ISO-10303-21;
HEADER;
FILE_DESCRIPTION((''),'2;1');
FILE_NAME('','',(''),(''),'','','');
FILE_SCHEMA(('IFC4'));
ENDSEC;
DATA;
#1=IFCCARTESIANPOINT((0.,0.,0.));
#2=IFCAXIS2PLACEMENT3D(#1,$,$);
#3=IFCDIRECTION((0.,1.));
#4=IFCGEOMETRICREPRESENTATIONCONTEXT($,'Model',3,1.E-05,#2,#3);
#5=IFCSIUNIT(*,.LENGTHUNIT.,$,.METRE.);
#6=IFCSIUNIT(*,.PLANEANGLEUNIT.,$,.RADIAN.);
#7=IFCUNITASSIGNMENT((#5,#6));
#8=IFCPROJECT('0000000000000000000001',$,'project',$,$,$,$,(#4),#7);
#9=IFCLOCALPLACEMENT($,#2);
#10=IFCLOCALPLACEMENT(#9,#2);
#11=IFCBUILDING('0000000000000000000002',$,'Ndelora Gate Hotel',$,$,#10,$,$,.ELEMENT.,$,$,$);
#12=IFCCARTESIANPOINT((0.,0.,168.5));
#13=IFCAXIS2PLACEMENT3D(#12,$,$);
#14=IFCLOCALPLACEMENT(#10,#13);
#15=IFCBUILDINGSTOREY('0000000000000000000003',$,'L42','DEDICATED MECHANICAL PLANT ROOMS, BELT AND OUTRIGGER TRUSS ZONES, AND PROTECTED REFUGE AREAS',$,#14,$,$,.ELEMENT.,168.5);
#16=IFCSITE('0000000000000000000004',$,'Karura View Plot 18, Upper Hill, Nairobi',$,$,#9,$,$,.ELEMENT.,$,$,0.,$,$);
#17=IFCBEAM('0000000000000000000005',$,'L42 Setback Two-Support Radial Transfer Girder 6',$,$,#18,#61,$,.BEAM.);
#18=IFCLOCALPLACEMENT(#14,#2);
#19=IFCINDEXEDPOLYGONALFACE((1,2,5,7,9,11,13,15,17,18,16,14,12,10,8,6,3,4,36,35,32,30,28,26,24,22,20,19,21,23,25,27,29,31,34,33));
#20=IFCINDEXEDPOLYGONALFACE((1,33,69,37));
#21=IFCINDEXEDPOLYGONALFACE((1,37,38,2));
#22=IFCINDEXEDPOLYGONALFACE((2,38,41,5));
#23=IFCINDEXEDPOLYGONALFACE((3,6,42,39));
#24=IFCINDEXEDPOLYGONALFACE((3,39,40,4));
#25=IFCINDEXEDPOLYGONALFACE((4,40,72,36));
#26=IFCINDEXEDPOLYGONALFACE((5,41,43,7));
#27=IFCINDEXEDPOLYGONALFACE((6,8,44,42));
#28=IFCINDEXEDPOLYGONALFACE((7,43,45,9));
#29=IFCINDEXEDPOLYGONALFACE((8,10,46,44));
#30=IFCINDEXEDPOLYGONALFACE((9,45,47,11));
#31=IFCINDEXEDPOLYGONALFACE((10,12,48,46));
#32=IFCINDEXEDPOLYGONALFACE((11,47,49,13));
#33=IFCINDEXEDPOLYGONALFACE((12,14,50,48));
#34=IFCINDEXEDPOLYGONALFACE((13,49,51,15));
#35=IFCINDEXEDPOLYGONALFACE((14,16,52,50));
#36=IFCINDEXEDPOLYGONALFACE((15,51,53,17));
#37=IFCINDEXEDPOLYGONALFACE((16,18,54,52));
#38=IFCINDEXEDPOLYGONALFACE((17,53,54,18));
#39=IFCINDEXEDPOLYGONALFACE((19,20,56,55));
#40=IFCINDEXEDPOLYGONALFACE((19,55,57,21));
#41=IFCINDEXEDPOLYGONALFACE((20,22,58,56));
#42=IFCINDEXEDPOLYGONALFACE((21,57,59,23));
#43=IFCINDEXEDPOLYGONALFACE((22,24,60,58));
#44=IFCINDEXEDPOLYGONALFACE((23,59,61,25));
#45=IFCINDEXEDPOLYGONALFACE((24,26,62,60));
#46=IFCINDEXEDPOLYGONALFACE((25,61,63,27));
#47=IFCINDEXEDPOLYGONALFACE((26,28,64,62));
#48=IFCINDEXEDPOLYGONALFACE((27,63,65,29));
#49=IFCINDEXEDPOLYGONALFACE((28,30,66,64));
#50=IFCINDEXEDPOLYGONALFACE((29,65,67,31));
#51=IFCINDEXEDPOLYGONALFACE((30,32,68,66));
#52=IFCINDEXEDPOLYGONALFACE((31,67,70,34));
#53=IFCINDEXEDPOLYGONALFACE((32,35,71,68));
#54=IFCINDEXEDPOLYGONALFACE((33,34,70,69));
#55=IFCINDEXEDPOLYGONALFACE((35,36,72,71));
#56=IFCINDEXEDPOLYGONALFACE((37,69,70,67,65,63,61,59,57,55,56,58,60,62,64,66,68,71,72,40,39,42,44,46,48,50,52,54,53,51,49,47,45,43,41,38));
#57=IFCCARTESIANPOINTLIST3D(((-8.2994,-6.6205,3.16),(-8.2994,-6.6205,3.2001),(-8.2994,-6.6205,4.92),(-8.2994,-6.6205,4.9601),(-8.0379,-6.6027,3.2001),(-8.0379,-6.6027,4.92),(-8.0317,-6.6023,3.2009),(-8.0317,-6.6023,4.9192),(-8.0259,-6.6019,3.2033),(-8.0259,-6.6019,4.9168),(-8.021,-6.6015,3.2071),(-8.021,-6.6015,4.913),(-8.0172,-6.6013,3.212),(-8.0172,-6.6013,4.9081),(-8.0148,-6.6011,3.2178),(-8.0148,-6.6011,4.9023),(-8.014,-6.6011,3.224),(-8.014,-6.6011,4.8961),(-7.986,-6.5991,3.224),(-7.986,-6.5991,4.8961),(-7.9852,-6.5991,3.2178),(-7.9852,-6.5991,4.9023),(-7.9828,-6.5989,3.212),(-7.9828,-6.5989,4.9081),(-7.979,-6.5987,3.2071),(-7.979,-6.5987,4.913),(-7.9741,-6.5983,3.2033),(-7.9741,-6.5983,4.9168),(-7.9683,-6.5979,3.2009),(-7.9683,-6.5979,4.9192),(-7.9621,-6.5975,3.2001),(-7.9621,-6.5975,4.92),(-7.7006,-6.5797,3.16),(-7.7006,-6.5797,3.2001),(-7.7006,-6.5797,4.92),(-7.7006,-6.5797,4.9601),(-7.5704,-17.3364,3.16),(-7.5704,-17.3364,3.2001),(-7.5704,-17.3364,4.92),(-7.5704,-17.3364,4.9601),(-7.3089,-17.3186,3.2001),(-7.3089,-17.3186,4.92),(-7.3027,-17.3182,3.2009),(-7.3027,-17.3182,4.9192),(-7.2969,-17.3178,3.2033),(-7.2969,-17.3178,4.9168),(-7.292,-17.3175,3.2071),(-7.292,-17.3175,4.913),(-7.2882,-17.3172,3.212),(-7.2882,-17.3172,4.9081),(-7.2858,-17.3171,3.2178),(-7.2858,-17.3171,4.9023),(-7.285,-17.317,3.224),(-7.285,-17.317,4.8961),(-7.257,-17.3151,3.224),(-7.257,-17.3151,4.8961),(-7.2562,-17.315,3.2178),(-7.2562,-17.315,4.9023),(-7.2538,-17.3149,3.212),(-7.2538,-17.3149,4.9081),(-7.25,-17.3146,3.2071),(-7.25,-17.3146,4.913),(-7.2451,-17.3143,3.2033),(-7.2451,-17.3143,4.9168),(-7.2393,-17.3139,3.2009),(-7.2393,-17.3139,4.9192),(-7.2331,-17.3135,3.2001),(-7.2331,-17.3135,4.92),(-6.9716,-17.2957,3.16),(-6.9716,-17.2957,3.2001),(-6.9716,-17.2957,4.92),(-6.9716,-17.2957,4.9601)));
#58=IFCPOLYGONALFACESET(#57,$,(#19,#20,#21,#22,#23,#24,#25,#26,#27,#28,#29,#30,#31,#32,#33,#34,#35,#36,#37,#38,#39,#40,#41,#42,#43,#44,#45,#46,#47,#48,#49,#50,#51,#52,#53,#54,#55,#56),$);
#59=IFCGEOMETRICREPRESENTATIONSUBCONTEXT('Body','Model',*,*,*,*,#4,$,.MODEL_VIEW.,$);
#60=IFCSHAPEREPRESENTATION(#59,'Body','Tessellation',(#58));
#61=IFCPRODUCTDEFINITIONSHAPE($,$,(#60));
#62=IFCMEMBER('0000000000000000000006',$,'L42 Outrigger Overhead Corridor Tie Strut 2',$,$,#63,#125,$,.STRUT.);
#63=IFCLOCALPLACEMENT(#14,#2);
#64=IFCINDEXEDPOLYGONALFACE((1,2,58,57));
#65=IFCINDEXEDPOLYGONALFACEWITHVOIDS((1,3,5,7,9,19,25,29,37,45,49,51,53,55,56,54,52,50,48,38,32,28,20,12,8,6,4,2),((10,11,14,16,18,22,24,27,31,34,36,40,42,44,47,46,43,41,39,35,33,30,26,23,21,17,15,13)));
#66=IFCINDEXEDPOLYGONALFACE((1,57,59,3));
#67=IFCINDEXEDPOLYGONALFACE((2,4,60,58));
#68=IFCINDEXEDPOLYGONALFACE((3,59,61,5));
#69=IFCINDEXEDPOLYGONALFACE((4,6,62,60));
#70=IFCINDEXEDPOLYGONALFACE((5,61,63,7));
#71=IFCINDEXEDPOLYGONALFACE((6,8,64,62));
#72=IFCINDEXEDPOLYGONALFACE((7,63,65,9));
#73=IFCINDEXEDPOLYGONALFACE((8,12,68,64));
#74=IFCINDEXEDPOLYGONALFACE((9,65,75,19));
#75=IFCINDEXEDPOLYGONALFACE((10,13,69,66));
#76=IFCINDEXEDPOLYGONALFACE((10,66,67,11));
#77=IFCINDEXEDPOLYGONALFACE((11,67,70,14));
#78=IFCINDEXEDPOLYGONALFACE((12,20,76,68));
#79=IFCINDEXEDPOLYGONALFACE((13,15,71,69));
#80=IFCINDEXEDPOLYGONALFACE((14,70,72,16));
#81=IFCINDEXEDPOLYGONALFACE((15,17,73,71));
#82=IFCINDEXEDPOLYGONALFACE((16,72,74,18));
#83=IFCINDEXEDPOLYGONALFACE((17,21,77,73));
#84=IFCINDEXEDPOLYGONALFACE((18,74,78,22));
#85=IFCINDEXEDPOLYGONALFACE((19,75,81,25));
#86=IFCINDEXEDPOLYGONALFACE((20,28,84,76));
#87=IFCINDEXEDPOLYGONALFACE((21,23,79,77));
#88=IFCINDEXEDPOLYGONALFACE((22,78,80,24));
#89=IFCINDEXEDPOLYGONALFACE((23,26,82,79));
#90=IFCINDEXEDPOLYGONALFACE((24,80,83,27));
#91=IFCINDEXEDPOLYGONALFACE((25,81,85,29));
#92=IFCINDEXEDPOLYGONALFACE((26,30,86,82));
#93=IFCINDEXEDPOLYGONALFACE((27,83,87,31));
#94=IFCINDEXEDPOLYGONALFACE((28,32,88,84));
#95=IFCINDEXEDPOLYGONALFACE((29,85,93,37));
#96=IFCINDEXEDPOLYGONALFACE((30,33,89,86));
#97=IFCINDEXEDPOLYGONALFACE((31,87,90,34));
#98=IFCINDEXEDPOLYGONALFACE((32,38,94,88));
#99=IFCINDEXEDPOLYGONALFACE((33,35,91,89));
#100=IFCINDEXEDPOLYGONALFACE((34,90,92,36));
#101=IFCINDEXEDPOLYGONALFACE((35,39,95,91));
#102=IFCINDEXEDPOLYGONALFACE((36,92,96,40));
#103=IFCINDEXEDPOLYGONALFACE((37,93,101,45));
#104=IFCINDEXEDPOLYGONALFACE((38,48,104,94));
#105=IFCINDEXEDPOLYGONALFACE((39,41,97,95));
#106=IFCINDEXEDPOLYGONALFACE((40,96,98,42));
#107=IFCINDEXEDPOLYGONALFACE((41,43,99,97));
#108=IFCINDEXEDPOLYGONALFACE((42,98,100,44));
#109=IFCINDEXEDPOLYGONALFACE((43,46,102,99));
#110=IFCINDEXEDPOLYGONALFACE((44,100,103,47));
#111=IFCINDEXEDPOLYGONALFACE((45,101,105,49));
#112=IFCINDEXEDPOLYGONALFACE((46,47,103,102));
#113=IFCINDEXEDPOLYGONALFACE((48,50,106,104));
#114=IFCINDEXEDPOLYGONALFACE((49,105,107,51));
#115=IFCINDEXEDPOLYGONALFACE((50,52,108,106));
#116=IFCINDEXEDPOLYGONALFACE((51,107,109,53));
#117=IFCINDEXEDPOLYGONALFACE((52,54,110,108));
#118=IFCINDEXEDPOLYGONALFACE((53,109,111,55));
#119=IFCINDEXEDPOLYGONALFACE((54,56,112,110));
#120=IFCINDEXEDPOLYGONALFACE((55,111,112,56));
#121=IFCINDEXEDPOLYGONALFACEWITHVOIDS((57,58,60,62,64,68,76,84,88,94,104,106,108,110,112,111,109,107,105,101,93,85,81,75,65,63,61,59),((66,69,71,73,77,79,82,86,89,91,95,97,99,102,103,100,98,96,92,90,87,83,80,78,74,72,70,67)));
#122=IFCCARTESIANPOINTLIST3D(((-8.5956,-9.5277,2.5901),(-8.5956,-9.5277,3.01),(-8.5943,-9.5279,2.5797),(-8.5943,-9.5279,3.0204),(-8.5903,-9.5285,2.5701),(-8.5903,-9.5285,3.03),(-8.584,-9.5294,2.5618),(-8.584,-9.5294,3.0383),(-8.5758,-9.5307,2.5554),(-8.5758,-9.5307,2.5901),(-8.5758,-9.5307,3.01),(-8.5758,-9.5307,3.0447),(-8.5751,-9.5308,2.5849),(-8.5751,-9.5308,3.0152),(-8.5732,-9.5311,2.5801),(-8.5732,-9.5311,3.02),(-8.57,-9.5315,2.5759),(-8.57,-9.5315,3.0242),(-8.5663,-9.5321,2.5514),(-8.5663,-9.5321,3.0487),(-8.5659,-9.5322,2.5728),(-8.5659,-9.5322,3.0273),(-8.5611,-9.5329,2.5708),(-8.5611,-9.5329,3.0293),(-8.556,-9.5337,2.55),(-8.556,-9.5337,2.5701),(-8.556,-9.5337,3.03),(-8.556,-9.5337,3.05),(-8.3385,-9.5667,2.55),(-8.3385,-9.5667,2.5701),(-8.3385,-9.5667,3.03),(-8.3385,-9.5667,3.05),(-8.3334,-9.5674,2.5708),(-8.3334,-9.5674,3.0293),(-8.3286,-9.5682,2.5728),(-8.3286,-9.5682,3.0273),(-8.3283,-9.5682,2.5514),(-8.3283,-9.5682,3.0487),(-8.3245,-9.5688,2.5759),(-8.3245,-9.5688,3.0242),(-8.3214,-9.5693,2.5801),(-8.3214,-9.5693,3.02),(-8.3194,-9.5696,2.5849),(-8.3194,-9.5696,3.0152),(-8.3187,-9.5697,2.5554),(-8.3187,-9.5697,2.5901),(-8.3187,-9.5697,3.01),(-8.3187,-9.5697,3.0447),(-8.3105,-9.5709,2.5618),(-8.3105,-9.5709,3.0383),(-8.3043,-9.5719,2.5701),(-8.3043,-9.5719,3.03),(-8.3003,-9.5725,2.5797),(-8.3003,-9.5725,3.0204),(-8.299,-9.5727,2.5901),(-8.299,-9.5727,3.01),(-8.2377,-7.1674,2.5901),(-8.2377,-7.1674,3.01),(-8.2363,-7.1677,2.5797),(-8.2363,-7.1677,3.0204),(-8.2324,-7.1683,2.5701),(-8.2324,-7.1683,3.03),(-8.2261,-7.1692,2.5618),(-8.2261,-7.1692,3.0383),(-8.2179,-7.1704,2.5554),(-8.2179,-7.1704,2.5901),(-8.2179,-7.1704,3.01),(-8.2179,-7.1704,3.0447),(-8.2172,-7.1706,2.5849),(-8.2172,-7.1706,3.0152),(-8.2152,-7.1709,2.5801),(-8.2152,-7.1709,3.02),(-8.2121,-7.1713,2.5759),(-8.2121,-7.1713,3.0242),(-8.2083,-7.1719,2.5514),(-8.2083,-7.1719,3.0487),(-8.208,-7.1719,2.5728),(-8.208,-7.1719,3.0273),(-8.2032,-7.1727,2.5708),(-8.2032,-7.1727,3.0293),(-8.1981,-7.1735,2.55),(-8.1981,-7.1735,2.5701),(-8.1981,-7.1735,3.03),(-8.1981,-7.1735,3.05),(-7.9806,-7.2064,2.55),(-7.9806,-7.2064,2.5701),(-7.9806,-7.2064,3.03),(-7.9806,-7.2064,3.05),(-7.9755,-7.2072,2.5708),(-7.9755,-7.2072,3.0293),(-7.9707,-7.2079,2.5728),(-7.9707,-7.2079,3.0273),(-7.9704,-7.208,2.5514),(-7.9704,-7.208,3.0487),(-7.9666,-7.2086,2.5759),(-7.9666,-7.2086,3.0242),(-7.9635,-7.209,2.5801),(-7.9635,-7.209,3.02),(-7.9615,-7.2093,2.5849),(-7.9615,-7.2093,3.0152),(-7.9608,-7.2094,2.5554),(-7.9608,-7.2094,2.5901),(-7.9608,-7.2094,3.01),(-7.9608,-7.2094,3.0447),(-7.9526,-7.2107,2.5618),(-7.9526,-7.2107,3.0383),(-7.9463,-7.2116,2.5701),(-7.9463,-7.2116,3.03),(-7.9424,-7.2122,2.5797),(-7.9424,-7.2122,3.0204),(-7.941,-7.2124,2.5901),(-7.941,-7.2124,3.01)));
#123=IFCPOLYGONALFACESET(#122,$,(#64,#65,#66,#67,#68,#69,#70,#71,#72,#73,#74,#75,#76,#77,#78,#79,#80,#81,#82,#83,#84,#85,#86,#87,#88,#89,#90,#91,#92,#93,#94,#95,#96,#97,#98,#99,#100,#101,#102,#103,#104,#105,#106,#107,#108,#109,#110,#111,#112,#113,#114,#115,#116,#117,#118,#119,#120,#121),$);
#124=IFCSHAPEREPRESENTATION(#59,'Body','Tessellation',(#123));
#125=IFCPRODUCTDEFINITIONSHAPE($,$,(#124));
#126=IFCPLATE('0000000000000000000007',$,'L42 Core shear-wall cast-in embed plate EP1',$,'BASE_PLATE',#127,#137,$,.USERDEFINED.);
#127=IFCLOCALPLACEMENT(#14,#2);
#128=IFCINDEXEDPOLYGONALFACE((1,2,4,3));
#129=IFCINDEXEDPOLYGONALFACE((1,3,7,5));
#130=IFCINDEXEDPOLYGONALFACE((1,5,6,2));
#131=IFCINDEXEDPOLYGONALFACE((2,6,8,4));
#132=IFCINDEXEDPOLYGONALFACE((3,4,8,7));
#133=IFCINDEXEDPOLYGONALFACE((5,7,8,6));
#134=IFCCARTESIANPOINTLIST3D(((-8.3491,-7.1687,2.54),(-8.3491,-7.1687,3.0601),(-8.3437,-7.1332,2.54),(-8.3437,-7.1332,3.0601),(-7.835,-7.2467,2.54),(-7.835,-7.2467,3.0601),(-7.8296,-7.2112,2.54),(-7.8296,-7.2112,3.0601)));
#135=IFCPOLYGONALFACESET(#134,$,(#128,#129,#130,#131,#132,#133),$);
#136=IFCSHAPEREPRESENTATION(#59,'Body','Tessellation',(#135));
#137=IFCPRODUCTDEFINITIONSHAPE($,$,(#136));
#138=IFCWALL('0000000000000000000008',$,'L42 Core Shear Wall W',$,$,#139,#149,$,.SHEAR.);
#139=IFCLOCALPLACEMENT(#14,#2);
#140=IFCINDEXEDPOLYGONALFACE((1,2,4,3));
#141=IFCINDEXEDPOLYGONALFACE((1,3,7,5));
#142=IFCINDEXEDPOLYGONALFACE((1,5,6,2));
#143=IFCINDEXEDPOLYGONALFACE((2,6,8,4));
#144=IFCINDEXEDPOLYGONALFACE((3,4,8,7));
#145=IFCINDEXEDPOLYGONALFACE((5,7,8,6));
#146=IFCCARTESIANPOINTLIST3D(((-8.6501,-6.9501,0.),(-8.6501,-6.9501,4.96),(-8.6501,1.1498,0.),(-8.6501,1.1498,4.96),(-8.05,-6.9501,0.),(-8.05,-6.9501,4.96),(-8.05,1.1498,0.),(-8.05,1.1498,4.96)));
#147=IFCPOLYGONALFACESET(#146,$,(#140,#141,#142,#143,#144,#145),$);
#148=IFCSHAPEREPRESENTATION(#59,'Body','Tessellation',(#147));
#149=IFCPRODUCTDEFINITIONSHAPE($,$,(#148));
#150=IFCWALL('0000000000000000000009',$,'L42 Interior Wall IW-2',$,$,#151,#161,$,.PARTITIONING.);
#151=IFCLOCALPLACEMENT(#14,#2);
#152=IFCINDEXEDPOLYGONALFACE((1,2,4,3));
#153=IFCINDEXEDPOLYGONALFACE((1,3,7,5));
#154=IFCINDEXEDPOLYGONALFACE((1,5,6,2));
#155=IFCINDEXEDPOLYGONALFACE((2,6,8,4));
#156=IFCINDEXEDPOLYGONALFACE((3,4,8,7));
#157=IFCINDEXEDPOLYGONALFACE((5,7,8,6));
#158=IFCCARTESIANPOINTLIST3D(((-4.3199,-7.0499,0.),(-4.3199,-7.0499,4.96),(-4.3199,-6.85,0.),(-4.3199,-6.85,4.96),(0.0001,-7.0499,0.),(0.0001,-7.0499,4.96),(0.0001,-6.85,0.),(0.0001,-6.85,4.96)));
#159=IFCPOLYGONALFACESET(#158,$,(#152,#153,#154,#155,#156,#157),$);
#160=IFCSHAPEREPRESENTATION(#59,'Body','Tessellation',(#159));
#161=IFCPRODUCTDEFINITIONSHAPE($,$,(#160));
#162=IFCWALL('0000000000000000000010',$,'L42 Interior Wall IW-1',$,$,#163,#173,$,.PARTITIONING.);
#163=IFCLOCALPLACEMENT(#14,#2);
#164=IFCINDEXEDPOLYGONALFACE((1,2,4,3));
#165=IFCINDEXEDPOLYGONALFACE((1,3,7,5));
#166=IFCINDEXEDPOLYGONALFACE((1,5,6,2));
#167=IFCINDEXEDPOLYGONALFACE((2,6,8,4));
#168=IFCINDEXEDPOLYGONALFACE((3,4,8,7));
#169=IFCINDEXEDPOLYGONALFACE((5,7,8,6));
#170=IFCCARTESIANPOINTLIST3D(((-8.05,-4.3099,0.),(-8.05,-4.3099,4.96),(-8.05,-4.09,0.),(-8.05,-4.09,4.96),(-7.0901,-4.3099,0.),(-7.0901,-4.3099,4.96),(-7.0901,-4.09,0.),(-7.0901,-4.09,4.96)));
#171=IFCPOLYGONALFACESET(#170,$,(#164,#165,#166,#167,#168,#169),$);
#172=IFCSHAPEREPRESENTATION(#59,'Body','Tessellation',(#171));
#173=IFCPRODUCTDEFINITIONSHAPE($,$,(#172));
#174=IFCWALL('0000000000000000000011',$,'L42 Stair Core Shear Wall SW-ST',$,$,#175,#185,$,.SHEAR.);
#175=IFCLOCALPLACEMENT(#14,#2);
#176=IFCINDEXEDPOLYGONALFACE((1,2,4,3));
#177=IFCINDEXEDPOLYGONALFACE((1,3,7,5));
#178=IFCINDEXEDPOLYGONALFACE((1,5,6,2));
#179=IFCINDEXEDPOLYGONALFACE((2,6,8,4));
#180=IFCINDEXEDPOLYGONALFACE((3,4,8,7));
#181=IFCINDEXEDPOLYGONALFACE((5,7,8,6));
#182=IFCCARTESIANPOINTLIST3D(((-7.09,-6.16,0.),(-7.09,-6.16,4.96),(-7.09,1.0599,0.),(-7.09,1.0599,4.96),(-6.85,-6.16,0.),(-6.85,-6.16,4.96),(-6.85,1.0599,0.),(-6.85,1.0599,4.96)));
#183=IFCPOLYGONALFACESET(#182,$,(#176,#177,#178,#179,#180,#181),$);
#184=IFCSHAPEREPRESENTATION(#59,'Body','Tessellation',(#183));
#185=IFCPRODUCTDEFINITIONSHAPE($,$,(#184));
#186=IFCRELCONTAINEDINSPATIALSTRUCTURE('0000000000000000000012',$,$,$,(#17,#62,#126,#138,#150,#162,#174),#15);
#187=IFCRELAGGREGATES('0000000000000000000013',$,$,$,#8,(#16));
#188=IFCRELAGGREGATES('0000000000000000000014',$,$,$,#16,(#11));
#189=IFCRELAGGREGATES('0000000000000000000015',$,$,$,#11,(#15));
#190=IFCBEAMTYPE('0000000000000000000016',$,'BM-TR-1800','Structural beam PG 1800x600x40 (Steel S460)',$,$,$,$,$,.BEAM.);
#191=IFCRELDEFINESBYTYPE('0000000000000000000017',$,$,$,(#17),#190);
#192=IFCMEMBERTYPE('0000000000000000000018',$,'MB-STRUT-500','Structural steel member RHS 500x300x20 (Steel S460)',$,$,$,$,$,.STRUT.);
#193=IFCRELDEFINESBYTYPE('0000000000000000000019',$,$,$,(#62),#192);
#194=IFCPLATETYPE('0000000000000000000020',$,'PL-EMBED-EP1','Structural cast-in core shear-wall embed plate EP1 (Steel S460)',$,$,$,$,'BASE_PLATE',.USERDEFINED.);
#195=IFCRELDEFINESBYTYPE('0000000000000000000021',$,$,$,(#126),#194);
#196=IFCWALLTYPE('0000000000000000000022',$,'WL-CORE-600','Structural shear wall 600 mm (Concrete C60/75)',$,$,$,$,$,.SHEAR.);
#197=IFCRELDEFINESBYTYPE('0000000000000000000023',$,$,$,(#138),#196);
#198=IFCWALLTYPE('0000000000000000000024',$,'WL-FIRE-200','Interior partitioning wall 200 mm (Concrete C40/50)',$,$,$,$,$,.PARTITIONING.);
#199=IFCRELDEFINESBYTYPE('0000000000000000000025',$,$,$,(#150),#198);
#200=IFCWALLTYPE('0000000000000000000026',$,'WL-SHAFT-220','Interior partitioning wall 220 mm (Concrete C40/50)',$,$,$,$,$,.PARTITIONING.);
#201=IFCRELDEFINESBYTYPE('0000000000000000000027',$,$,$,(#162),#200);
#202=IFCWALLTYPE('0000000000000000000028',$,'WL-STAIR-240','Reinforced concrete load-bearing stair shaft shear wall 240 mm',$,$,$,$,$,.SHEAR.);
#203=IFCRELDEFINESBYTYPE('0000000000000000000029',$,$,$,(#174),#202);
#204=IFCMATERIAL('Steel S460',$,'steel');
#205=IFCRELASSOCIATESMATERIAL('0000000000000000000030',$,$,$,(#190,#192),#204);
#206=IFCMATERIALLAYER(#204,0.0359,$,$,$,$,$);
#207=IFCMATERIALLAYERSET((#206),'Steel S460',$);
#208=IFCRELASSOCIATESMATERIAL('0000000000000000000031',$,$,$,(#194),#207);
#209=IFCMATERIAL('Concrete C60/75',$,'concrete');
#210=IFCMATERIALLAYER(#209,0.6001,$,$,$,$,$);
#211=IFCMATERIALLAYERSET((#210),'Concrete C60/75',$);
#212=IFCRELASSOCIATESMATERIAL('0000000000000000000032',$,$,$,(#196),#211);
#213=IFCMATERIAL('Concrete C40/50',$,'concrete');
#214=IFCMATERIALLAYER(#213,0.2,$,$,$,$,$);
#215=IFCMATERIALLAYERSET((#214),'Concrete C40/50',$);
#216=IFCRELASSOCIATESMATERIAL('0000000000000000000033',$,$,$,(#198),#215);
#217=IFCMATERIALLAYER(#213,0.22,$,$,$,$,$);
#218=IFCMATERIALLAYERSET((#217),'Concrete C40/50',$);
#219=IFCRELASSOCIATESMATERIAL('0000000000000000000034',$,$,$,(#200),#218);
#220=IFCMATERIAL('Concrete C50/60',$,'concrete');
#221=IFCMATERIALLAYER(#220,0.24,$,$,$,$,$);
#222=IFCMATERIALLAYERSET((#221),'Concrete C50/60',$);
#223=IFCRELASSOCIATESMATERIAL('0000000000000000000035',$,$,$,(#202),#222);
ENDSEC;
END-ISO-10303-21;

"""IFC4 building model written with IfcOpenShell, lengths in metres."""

from ifc_helpers import new_model, si_unit, direction, frame, frame_2d, origin, origin_2d, place, context, subcontext, project, spatial, rectangle, hollow_rectangle, i_section, extrude, material, layer, layer_set, material_profile, profile_set, type_object, element, save


model = new_model("IFC4")

# Units and contexts
model_context = context("Model", 3, precision=1e-05, world=origin(), true_north=direction((0.0, 1.0)))
body_context = subcontext(model_context, "Body", "Model", "MODEL_VIEW")
ifc_project = project(units=[si_unit("LENGTHUNIT", "METRE"), si_unit("PLANEANGLEUNIT", "RADIAN")], contexts=[model_context])

# Site, building, storey
site_placement = place(None, origin())
site = spatial("IfcSite", under=ifc_project, at=site_placement, Name="Karura View Plot 18, Upper Hill, Nairobi", CompositionType="ELEMENT", RefElevation=0.0)
building_placement = place(site_placement, origin())
building = spatial("IfcBuilding", under=site, at=building_placement, Name="Ndelora Gate Hotel", CompositionType="ELEMENT")
storey_placement = place(building_placement, frame((0.0, 0.0, 168.5)))
storey = spatial("IfcBuildingStorey", under=building, at=storey_placement, Name="L42", Description="DEDICATED MECHANICAL PLANT ROOMS, BELT AND OUTRIGGER TRUSS ZONES, AND PROTECTED REFUGE AREAS", CompositionType="ELEMENT", Elevation=168.5)

# Shared definitions
ifc_material_1 = material(Name="Concrete C60/75", Category="concrete")

# Beam
ifc_material_2 = material(Name="Steel S460", Category="steel")
ifc_material_profile_1 = material_profile(ifc_material_2, i_section(OverallWidth=0.6001, OverallDepth=1.8, WebThickness=0.0281, FlangeThickness=0.04, FilletRadius=0.0239, at=origin_2d()), Name="PG 1800x600x40")
ifc_profile_set_1 = profile_set([ifc_material_profile_1], Name="Steel S460")
beam_type_1 = type_object("IfcBeamType", Name="BM-TR-1800", Description="Structural beam PG 1800x600x40 (Steel S460)", PredefinedType="BEAM", material=ifc_profile_set_1)
beam_1_placement = place(storey_placement, frame((-8.0, -6.6001, 4.0601), z_axis=(0.067872, -0.997694, 0.0), x_axis=(0.997694, 0.067872, 0.0)))
element("IfcBeam", 1, at=beam_1_placement, inside=storey, type_object=beam_type_1, Name="L42 Setback Two-Support Radial Transfer Girder 6", PredefinedType="BEAM", context=body_context, shape_type="SweptSolid", body=[
    extrude(i_section(OverallWidth=0.6001, OverallDepth=1.8, WebThickness=0.0281, FlangeThickness=0.04, FilletRadius=0.0239, at=origin_2d()), origin(), (0.0, 0.0, 1.0), 10.7407),
])

# Member
ifc_material_profile_2 = material_profile(ifc_material_2, hollow_rectangle(XDim=0.3, YDim=0.5, WallThickness=0.02, InnerFilletRadius=0.02, OuterFilletRadius=0.04, at=origin_2d()), Name="RHS 500x300x20")
ifc_profile_set_2 = profile_set([ifc_material_profile_2], Name="Steel S460")
member_type = type_object("IfcMemberType", Name="MB-STRUT-500", Description="Structural steel member RHS 500x300x20 (Steel S460)", PredefinedType="STRUT", material=ifc_profile_set_2)
member_placement = place(storey_placement, frame((-8.0894, -7.1899, 2.8), z_axis=(-0.149936, -0.988696, 0.0), x_axis=(0.988696, -0.149936, 0.0)))
element("IfcMember", 2, at=member_placement, inside=storey, type_object=member_type, Name="L42 Outrigger Overhead Corridor Tie Strut 2", PredefinedType="STRUT", context=body_context, shape_type="SweptSolid", body=[
    extrude(hollow_rectangle(XDim=0.3, YDim=0.5, WallThickness=0.02, InnerFilletRadius=0.02, OuterFilletRadius=0.04, at=origin_2d()), origin(), (0.0, 0.0, 1.0), 2.3872),
])

# Plate
ifc_layer_1 = layer(ifc_material_2, 0.0359)
ifc_layer_set_1 = layer_set([ifc_layer_1], Name="Steel S460")
plate_type = type_object("IfcPlateType", Name="PL-EMBED-EP1", Description="Structural cast-in core shear-wall embed plate EP1 (Steel S460)", ElementType="BASE_PLATE", PredefinedType="USERDEFINED", material=ifc_layer_set_1)
plate_placement = place(storey_placement, frame((-8.0894, -7.1899, 2.54), z_axis=(0.0, 0.0, 1.0), x_axis=(-0.988704, 0.14988, 0.0)))
element("IfcPlate", 3, at=plate_placement, inside=storey, type_object=plate_type, Name="L42 Core shear-wall cast-in embed plate EP1", ObjectType="BASE_PLATE", PredefinedType="USERDEFINED", context=body_context, shape_type="SweptSolid", body=[
    extrude(rectangle(XDim=0.52, YDim=0.0359, at=origin_2d()), origin(), (0.0, 0.0, 1.0), 0.52),
])

# Walls
ifc_layer_2 = layer(ifc_material_1, 0.6001)
ifc_layer_set_2 = layer_set([ifc_layer_2], Name="Concrete C60/75")
wall_type_1 = type_object("IfcWallType", Name="WL-CORE-600", Description="Structural shear wall 600 mm (Concrete C60/75)", PredefinedType="SHEAR", material=ifc_layer_set_2)
wall_1_placement = place(storey_placement, frame((-8.3501, -6.95, 0.0), z_axis=(0.0, 0.0, 1.0), x_axis=(0.0, 1.0, 0.0)))
element("IfcWall", 4, at=wall_1_placement, inside=storey, type_object=wall_type_1, Name="L42 Core Shear Wall W", PredefinedType="SHEAR", context=body_context, shape_type="SweptSolid", body=[
    extrude(rectangle(XDim=8.0999, YDim=0.6001, at=frame_2d((4.0498, 0.0))), origin(), (0.0, 0.0, 1.0), 4.96),
])
ifc_material_3 = material(Name="Concrete C40/50", Category="concrete")
ifc_layer_3 = layer(ifc_material_3, 0.2)
ifc_layer_set_3 = layer_set([ifc_layer_3], Name="Concrete C40/50")
wall_type_2 = type_object("IfcWallType", Name="WL-FIRE-200", Description="Interior partitioning wall 200 mm (Concrete C40/50)", PredefinedType="PARTITIONING", material=ifc_layer_set_3)
wall_2_placement = place(storey_placement, frame((-4.3201, -6.95, 0.0), z_axis=(0.0, 0.0, 1.0), x_axis=(1.0, 0.0, 0.0)))
element("IfcWall", 5, at=wall_2_placement, inside=storey, type_object=wall_type_2, Name="L42 Interior Wall IW-2", PredefinedType="PARTITIONING", context=body_context, shape_type="SweptSolid", body=[
    extrude(rectangle(XDim=4.3201, YDim=0.2, at=frame_2d((2.1602, 0.0))), origin(), (0.0, 0.0, 1.0), 4.96),
])
ifc_layer_4 = layer(ifc_material_3, 0.22)
ifc_layer_set_4 = layer_set([ifc_layer_4], Name="Concrete C40/50")
wall_type_3 = type_object("IfcWallType", Name="WL-SHAFT-220", Description="Interior partitioning wall 220 mm (Concrete C40/50)", PredefinedType="PARTITIONING", material=ifc_layer_set_4)
wall_3_placement = place(storey_placement, frame((-8.05, -4.2, 0.0), z_axis=(0.0, 0.0, 1.0), x_axis=(1.0, 0.0, 0.0)))
element("IfcWall", 6, at=wall_3_placement, inside=storey, type_object=wall_type_3, Name="L42 Interior Wall IW-1", PredefinedType="PARTITIONING", context=body_context, shape_type="SweptSolid", body=[
    extrude(rectangle(XDim=0.96, YDim=0.22, at=frame_2d((0.48, 0.0))), origin(), (0.0, 0.0, 1.0), 4.96),
])
ifc_material_4 = material(Name="Concrete C50/60", Category="concrete")
ifc_layer_5 = layer(ifc_material_4, 0.24)
ifc_layer_set_5 = layer_set([ifc_layer_5], Name="Concrete C50/60")
wall_type_4 = type_object("IfcWallType", Name="WL-STAIR-240", Description="Reinforced concrete load-bearing stair shaft shear wall 240 mm", PredefinedType="SHEAR", material=ifc_layer_set_5)
wall_4_placement = place(storey_placement, frame((-6.97, -6.1599, 0.0), z_axis=(0.0, 0.0, 1.0), x_axis=(0.0, 1.0, 0.0)))
element("IfcWall", 7, at=wall_4_placement, inside=storey, type_object=wall_type_4, Name="L42 Stair Core Shear Wall SW-ST", PredefinedType="SHEAR", context=body_context, shape_type="SweptSolid", body=[
    extrude(rectangle(XDim=7.22, YDim=0.24, at=frame_2d((3.6099, 0.0))), origin(), (0.0, 0.0, 1.0), 4.96),
])

save(model, "model.ifc")
